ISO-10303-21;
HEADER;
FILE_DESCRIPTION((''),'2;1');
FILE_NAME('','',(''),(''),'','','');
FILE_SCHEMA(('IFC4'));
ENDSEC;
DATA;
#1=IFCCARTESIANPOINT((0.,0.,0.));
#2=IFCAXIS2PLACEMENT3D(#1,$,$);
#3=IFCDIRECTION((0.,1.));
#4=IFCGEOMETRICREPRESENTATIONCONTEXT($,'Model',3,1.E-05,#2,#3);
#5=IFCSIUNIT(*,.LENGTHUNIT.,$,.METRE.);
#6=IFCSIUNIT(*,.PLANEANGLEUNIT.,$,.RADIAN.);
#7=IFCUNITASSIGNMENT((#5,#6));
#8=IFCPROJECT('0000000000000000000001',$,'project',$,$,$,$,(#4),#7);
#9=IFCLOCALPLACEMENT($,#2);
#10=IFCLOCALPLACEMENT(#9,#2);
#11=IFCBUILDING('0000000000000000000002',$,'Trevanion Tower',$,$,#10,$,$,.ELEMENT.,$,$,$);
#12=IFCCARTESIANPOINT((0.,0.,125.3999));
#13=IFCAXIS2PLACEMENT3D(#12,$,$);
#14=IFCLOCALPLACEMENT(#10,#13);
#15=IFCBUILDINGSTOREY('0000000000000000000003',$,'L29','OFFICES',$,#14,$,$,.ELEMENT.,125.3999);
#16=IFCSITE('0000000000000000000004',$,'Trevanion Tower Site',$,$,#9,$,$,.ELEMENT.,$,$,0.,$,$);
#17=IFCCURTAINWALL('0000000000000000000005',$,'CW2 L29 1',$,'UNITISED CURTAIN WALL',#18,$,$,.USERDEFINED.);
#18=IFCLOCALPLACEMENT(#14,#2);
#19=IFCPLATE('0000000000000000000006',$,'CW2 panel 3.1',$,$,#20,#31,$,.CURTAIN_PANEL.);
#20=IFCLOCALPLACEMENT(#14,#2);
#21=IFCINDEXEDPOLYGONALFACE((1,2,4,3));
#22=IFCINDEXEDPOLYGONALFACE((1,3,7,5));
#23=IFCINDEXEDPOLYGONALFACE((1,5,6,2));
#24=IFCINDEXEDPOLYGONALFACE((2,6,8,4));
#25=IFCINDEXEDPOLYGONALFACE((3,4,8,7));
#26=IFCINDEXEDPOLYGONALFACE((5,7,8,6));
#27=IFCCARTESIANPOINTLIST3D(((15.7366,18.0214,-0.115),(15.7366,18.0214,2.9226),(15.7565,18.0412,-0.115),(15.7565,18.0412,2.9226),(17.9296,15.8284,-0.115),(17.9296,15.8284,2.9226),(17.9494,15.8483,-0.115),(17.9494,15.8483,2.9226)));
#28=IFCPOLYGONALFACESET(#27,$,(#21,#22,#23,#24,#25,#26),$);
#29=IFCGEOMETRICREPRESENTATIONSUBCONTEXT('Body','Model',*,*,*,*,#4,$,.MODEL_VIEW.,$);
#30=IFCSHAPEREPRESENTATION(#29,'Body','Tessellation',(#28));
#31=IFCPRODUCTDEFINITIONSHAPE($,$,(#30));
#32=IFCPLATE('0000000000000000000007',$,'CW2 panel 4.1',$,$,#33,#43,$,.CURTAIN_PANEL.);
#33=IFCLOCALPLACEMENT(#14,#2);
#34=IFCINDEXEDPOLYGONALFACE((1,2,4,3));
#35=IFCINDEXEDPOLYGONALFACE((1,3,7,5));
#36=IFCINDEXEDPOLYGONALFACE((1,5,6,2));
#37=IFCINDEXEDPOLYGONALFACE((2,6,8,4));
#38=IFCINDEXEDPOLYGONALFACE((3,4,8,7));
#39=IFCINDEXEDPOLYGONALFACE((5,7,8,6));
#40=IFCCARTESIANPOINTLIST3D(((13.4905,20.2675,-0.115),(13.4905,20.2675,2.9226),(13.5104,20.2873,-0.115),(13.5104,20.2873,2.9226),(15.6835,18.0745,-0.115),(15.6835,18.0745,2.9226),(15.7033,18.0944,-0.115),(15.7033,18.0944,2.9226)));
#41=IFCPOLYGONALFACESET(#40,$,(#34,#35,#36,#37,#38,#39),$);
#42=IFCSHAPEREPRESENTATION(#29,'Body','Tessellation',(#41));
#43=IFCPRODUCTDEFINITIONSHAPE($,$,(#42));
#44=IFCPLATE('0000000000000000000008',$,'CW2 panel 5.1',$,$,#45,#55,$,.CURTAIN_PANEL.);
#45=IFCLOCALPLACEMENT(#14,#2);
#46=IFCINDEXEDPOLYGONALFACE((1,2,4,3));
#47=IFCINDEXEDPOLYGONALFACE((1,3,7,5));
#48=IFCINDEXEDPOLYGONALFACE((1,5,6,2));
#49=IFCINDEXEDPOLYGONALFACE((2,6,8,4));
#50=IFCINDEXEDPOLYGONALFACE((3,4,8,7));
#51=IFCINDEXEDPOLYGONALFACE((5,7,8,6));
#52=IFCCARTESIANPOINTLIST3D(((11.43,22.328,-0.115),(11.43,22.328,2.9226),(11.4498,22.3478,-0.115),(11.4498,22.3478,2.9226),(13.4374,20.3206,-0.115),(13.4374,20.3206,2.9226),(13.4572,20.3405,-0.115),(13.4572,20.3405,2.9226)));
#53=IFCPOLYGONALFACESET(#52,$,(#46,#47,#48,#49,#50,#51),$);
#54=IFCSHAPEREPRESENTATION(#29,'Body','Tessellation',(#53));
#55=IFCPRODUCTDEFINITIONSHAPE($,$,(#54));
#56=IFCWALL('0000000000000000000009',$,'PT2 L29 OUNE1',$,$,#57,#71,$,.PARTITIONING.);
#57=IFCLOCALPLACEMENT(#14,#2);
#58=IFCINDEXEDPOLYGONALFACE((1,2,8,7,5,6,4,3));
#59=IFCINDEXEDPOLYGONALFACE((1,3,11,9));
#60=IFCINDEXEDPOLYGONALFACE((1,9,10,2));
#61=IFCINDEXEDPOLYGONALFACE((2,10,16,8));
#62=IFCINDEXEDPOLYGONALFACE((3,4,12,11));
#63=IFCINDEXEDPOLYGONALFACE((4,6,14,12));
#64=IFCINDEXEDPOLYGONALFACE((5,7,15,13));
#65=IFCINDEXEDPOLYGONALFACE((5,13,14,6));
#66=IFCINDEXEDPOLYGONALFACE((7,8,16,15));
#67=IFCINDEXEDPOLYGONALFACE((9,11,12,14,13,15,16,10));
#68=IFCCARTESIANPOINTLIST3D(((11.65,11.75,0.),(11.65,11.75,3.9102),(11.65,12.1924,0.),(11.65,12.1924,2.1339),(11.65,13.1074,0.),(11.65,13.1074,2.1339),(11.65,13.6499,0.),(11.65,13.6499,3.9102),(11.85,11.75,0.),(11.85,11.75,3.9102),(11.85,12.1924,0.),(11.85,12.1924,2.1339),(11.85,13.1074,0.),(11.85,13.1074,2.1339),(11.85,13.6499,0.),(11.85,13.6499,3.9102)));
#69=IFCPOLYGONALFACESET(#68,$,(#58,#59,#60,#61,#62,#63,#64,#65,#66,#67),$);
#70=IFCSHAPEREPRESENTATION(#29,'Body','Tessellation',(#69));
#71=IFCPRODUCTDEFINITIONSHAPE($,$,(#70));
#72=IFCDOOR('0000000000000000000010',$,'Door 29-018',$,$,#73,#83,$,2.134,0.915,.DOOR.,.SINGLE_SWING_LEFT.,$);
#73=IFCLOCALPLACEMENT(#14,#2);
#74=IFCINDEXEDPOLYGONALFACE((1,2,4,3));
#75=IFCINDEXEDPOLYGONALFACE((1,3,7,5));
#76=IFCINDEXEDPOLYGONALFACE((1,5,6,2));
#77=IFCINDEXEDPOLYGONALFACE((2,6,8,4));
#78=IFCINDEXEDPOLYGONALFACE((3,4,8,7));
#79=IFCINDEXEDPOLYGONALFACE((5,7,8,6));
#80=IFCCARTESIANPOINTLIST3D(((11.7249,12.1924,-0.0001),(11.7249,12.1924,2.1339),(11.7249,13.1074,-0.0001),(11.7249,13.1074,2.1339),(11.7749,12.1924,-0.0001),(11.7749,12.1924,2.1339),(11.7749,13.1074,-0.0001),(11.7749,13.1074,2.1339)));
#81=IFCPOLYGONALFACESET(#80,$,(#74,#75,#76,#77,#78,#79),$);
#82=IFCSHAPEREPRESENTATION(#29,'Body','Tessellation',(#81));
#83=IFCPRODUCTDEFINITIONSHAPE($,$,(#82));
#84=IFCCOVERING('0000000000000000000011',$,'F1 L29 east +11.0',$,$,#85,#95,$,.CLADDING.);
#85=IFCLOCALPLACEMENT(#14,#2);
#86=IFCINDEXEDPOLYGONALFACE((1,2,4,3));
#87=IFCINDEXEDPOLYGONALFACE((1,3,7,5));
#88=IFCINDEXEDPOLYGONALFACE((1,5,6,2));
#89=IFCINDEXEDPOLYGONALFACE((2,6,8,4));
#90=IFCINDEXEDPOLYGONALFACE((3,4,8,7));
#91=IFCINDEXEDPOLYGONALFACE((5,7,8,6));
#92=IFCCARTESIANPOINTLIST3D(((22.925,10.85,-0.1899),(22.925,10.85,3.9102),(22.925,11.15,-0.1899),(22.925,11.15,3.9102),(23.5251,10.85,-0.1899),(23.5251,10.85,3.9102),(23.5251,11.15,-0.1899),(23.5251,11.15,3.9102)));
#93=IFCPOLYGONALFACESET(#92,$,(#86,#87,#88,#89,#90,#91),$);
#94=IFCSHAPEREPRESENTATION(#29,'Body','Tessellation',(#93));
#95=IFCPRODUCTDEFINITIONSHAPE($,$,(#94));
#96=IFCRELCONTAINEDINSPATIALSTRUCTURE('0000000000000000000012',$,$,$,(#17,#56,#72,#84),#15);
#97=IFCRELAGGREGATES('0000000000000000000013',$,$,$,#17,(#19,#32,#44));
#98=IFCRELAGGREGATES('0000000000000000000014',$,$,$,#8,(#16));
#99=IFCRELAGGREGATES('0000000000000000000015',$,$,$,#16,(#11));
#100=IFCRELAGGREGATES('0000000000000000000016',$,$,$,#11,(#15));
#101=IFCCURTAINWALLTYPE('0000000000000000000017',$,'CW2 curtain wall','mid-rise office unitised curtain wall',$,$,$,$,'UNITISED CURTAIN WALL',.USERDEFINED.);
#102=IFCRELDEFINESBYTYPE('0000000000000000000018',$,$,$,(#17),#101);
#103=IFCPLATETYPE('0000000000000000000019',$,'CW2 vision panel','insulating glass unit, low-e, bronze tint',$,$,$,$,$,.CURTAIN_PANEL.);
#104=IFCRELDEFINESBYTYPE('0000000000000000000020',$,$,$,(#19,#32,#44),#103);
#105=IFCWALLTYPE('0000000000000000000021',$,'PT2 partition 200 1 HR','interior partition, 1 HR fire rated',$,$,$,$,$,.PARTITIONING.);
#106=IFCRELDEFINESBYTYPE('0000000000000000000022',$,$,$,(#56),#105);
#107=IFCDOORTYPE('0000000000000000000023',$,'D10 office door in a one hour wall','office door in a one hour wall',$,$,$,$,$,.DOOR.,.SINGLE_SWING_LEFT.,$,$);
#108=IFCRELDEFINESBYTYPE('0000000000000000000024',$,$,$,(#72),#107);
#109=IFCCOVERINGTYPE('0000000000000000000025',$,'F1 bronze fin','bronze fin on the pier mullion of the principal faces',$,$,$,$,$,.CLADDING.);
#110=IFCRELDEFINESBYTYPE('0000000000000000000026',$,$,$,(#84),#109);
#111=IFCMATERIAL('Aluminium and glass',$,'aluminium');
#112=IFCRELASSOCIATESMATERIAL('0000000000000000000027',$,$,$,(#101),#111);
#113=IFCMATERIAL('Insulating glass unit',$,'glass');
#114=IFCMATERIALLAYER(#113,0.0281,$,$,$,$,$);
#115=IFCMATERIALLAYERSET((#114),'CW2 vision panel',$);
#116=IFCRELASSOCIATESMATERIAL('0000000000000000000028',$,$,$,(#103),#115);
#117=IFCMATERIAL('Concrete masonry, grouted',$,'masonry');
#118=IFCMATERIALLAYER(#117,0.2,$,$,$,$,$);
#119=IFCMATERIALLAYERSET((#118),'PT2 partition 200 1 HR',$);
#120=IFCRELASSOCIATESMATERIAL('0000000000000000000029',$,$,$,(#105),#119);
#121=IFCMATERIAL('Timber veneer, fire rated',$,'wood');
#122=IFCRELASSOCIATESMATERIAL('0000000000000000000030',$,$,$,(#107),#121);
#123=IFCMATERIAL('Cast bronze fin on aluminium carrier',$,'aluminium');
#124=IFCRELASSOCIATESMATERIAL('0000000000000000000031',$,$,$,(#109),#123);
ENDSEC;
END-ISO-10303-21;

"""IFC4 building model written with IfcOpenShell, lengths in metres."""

from ifc_helpers import new_model, si_unit, direction, frame, frame_2d, origin, origin_2d, place, context, subcontext, project, spatial, rectangle, extrude, material, layer, layer_set, type_object, element, fill, aggregate, save


model = new_model("IFC4")

# Units and contexts
model_context = context("Model", 3, precision=1e-05, world=origin(), true_north=direction((0.0, 1.0)))
body_context = subcontext(model_context, "Body", "Model", "MODEL_VIEW")
ifc_project = project(units=[si_unit("LENGTHUNIT", "METRE"), si_unit("PLANEANGLEUNIT", "RADIAN")], contexts=[model_context])

# Site, building, storey
site_placement = place(None, origin())
site = spatial("IfcSite", under=ifc_project, at=site_placement, Name="Trevanion Tower Site", CompositionType="ELEMENT", RefElevation=0.0)
building_placement = place(site_placement, origin())
building = spatial("IfcBuilding", under=site, at=building_placement, Name="Trevanion Tower", CompositionType="ELEMENT")
storey_placement = place(building_placement, frame((0.0, 0.0, 125.3999)))
storey = spatial("IfcBuildingStorey", under=building, at=storey_placement, Name="L29", Description="OFFICES", CompositionType="ELEMENT", Elevation=125.3999)

# Curtain wall
ifc_material_1 = material(Name="Aluminium and glass", Category="aluminium")
curtain_wall_type = type_object("IfcCurtainWallType", Name="CW2 curtain wall", Description="mid-rise office unitised curtain wall", ElementType="UNITISED CURTAIN WALL", PredefinedType="USERDEFINED", material=ifc_material_1)
curtain_wall_1_placement = place(storey_placement, origin())
curtain_wall_1 = element("IfcCurtainWall", 1, at=curtain_wall_1_placement, inside=storey, type_object=curtain_wall_type, Name="CW2 L29 1", ObjectType="UNITISED CURTAIN WALL", PredefinedType="USERDEFINED")

# Plates
ifc_material_2 = material(Name="Insulating glass unit", Category="glass")
ifc_layer_1 = layer(ifc_material_2, 0.0281)
ifc_layer_set_1 = layer_set([ifc_layer_1], Name="CW2 vision panel")
plate_type_1 = type_object("IfcPlateType", Name="CW2 vision panel", Description="insulating glass unit, low-e, bronze tint", PredefinedType="CURTAIN_PANEL", material=ifc_layer_set_1)
plate_1_placement = place(storey_placement, frame((16.843, 16.9348, -0.115), z_axis=(0.0, 0.0, 1.0), x_axis=(-0.707107, 0.707107, 0.0)))
plate_1 = element("IfcPlate", 2, at=plate_1_placement, type_object=plate_type_1, Name="CW2 panel 3.1", PredefinedType="CURTAIN_PANEL", context=body_context, shape_type="SweptSolid", body=[
    extrude(rectangle(XDim=3.1013, YDim=0.0281, at=origin_2d()), origin(), (0.0, 0.0, 1.0), 3.0376),
])
plate_2_placement = place(storey_placement, frame((14.5969, 19.1809, -0.115), z_axis=(0.0, 0.0, 1.0), x_axis=(-0.707107, 0.707107, 0.0)))
plate_2 = element("IfcPlate", 3, at=plate_2_placement, type_object=plate_type_1, Name="CW2 panel 4.1", PredefinedType="CURTAIN_PANEL", context=body_context, shape_type="SweptSolid", body=[
    extrude(rectangle(XDim=3.1013, YDim=0.0281, at=origin_2d()), origin(), (0.0, 0.0, 1.0), 3.0376),
])
plate_3_placement = place(storey_placement, frame((12.4436, 21.3342, -0.115), z_axis=(0.0, 0.0, 1.0), x_axis=(-0.707107, 0.707107, 0.0)))
plate_3 = element("IfcPlate", 4, at=plate_3_placement, type_object=plate_type_1, Name="CW2 panel 5.1", PredefinedType="CURTAIN_PANEL", context=body_context, shape_type="SweptSolid", body=[
    extrude(rectangle(XDim=2.8389, YDim=0.0281, at=origin_2d()), origin(), (0.0, 0.0, 1.0), 3.0376),
])
aggregate(curtain_wall_1, [plate_1, plate_2, plate_3])

# Wall, opening, door
ifc_material_3 = material(Name="Concrete masonry, grouted", Category="masonry")
ifc_layer_2 = layer(ifc_material_3, 0.2)
ifc_layer_set_2 = layer_set([ifc_layer_2], Name="PT2 partition 200 1 HR")
wall_type = type_object("IfcWallType", Name="PT2 partition 200 1 HR", Description="interior partition, 1 HR fire rated", PredefinedType="PARTITIONING", material=ifc_layer_set_2)
wall_placement = place(storey_placement, frame((11.75, 11.75, 0.0), z_axis=(0.0, 0.0, 1.0), x_axis=(0.0, 1.0, 0.0)))
wall = element("IfcWall", 5, at=wall_placement, inside=storey, type_object=wall_type, Name="PT2 L29 OUNE1", PredefinedType="PARTITIONING", context=body_context, shape_type="SweptSolid", body=[
    extrude(rectangle(XDim=1.8999, YDim=0.2, at=frame_2d((0.95, 0.0))), origin(), (0.0, 0.0, 1.0), 3.9102),
])
opening_placement = place(wall_placement, frame((0.4424, 0.0, 0.0)))
opening = element("IfcOpeningElement", 6, at=opening_placement, cuts=wall, PredefinedType="OPENING", context=body_context, shape_type="SweptSolid", body=[
    extrude(rectangle(XDim=0.915, YDim=2.134, at=frame_2d((0.4575, 1.0669))), frame((0.0, 0.1099, 0.0), z_axis=(0.0, -1.0, 0.0), x_axis=(1.0, 0.0, 0.0)), (0.0, 0.0, 1.0), 0.22),
])
ifc_material_4 = material(Name="Timber veneer, fire rated", Category="wood")
door_type = type_object("IfcDoorType", Name="D10 office door in a one hour wall", Description="office door in a one hour wall", OperationType="SINGLE_SWING_LEFT", PredefinedType="DOOR", material=ifc_material_4)
door_placement = place(opening_placement, frame((0.915, 0.0, 0.0), z_axis=(0.0, 0.0, 1.0), x_axis=(-1.0, 0.0, 0.0)))
door = element("IfcDoor", 7, at=door_placement, inside=storey, type_object=door_type, Name="Door 29-018", OperationType="SINGLE_SWING_LEFT", OverallHeight=2.134, OverallWidth=0.915, PredefinedType="DOOR", context=body_context, shape_type="SweptSolid", body=[
    extrude(rectangle(XDim=0.915, YDim=2.134, at=frame_2d((0.4575, 1.0669))), frame((0.0, 0.0249, 0.0), z_axis=(0.0, -1.0, 0.0), x_axis=(1.0, 0.0, 0.0)), (0.0, 0.0, 1.0), 0.05),
])
fill(opening, door)

# Covering
ifc_material_5 = material(Name="Cast bronze fin on aluminium carrier", Category="aluminium")
covering_type = type_object("IfcCoveringType", Name="F1 bronze fin", Description="bronze fin on the pier mullion of the principal faces", PredefinedType="CLADDING", material=ifc_material_5)
covering_placement = place(storey_placement, frame((23.2251, 11.0, -0.1899), z_axis=(0.0, 0.0, 1.0), x_axis=(0.0, 1.0, 0.0)))
element("IfcCovering", 8, at=covering_placement, inside=storey, type_object=covering_type, Name="F1 L29 east +11.0", PredefinedType="CLADDING", context=body_context, shape_type="SweptSolid", body=[
    extrude(rectangle(XDim=0.3, YDim=0.6001, at=origin_2d()), origin(), (0.0, 0.0, 1.0), 4.1001),
])

save(model, "model.ifc")
